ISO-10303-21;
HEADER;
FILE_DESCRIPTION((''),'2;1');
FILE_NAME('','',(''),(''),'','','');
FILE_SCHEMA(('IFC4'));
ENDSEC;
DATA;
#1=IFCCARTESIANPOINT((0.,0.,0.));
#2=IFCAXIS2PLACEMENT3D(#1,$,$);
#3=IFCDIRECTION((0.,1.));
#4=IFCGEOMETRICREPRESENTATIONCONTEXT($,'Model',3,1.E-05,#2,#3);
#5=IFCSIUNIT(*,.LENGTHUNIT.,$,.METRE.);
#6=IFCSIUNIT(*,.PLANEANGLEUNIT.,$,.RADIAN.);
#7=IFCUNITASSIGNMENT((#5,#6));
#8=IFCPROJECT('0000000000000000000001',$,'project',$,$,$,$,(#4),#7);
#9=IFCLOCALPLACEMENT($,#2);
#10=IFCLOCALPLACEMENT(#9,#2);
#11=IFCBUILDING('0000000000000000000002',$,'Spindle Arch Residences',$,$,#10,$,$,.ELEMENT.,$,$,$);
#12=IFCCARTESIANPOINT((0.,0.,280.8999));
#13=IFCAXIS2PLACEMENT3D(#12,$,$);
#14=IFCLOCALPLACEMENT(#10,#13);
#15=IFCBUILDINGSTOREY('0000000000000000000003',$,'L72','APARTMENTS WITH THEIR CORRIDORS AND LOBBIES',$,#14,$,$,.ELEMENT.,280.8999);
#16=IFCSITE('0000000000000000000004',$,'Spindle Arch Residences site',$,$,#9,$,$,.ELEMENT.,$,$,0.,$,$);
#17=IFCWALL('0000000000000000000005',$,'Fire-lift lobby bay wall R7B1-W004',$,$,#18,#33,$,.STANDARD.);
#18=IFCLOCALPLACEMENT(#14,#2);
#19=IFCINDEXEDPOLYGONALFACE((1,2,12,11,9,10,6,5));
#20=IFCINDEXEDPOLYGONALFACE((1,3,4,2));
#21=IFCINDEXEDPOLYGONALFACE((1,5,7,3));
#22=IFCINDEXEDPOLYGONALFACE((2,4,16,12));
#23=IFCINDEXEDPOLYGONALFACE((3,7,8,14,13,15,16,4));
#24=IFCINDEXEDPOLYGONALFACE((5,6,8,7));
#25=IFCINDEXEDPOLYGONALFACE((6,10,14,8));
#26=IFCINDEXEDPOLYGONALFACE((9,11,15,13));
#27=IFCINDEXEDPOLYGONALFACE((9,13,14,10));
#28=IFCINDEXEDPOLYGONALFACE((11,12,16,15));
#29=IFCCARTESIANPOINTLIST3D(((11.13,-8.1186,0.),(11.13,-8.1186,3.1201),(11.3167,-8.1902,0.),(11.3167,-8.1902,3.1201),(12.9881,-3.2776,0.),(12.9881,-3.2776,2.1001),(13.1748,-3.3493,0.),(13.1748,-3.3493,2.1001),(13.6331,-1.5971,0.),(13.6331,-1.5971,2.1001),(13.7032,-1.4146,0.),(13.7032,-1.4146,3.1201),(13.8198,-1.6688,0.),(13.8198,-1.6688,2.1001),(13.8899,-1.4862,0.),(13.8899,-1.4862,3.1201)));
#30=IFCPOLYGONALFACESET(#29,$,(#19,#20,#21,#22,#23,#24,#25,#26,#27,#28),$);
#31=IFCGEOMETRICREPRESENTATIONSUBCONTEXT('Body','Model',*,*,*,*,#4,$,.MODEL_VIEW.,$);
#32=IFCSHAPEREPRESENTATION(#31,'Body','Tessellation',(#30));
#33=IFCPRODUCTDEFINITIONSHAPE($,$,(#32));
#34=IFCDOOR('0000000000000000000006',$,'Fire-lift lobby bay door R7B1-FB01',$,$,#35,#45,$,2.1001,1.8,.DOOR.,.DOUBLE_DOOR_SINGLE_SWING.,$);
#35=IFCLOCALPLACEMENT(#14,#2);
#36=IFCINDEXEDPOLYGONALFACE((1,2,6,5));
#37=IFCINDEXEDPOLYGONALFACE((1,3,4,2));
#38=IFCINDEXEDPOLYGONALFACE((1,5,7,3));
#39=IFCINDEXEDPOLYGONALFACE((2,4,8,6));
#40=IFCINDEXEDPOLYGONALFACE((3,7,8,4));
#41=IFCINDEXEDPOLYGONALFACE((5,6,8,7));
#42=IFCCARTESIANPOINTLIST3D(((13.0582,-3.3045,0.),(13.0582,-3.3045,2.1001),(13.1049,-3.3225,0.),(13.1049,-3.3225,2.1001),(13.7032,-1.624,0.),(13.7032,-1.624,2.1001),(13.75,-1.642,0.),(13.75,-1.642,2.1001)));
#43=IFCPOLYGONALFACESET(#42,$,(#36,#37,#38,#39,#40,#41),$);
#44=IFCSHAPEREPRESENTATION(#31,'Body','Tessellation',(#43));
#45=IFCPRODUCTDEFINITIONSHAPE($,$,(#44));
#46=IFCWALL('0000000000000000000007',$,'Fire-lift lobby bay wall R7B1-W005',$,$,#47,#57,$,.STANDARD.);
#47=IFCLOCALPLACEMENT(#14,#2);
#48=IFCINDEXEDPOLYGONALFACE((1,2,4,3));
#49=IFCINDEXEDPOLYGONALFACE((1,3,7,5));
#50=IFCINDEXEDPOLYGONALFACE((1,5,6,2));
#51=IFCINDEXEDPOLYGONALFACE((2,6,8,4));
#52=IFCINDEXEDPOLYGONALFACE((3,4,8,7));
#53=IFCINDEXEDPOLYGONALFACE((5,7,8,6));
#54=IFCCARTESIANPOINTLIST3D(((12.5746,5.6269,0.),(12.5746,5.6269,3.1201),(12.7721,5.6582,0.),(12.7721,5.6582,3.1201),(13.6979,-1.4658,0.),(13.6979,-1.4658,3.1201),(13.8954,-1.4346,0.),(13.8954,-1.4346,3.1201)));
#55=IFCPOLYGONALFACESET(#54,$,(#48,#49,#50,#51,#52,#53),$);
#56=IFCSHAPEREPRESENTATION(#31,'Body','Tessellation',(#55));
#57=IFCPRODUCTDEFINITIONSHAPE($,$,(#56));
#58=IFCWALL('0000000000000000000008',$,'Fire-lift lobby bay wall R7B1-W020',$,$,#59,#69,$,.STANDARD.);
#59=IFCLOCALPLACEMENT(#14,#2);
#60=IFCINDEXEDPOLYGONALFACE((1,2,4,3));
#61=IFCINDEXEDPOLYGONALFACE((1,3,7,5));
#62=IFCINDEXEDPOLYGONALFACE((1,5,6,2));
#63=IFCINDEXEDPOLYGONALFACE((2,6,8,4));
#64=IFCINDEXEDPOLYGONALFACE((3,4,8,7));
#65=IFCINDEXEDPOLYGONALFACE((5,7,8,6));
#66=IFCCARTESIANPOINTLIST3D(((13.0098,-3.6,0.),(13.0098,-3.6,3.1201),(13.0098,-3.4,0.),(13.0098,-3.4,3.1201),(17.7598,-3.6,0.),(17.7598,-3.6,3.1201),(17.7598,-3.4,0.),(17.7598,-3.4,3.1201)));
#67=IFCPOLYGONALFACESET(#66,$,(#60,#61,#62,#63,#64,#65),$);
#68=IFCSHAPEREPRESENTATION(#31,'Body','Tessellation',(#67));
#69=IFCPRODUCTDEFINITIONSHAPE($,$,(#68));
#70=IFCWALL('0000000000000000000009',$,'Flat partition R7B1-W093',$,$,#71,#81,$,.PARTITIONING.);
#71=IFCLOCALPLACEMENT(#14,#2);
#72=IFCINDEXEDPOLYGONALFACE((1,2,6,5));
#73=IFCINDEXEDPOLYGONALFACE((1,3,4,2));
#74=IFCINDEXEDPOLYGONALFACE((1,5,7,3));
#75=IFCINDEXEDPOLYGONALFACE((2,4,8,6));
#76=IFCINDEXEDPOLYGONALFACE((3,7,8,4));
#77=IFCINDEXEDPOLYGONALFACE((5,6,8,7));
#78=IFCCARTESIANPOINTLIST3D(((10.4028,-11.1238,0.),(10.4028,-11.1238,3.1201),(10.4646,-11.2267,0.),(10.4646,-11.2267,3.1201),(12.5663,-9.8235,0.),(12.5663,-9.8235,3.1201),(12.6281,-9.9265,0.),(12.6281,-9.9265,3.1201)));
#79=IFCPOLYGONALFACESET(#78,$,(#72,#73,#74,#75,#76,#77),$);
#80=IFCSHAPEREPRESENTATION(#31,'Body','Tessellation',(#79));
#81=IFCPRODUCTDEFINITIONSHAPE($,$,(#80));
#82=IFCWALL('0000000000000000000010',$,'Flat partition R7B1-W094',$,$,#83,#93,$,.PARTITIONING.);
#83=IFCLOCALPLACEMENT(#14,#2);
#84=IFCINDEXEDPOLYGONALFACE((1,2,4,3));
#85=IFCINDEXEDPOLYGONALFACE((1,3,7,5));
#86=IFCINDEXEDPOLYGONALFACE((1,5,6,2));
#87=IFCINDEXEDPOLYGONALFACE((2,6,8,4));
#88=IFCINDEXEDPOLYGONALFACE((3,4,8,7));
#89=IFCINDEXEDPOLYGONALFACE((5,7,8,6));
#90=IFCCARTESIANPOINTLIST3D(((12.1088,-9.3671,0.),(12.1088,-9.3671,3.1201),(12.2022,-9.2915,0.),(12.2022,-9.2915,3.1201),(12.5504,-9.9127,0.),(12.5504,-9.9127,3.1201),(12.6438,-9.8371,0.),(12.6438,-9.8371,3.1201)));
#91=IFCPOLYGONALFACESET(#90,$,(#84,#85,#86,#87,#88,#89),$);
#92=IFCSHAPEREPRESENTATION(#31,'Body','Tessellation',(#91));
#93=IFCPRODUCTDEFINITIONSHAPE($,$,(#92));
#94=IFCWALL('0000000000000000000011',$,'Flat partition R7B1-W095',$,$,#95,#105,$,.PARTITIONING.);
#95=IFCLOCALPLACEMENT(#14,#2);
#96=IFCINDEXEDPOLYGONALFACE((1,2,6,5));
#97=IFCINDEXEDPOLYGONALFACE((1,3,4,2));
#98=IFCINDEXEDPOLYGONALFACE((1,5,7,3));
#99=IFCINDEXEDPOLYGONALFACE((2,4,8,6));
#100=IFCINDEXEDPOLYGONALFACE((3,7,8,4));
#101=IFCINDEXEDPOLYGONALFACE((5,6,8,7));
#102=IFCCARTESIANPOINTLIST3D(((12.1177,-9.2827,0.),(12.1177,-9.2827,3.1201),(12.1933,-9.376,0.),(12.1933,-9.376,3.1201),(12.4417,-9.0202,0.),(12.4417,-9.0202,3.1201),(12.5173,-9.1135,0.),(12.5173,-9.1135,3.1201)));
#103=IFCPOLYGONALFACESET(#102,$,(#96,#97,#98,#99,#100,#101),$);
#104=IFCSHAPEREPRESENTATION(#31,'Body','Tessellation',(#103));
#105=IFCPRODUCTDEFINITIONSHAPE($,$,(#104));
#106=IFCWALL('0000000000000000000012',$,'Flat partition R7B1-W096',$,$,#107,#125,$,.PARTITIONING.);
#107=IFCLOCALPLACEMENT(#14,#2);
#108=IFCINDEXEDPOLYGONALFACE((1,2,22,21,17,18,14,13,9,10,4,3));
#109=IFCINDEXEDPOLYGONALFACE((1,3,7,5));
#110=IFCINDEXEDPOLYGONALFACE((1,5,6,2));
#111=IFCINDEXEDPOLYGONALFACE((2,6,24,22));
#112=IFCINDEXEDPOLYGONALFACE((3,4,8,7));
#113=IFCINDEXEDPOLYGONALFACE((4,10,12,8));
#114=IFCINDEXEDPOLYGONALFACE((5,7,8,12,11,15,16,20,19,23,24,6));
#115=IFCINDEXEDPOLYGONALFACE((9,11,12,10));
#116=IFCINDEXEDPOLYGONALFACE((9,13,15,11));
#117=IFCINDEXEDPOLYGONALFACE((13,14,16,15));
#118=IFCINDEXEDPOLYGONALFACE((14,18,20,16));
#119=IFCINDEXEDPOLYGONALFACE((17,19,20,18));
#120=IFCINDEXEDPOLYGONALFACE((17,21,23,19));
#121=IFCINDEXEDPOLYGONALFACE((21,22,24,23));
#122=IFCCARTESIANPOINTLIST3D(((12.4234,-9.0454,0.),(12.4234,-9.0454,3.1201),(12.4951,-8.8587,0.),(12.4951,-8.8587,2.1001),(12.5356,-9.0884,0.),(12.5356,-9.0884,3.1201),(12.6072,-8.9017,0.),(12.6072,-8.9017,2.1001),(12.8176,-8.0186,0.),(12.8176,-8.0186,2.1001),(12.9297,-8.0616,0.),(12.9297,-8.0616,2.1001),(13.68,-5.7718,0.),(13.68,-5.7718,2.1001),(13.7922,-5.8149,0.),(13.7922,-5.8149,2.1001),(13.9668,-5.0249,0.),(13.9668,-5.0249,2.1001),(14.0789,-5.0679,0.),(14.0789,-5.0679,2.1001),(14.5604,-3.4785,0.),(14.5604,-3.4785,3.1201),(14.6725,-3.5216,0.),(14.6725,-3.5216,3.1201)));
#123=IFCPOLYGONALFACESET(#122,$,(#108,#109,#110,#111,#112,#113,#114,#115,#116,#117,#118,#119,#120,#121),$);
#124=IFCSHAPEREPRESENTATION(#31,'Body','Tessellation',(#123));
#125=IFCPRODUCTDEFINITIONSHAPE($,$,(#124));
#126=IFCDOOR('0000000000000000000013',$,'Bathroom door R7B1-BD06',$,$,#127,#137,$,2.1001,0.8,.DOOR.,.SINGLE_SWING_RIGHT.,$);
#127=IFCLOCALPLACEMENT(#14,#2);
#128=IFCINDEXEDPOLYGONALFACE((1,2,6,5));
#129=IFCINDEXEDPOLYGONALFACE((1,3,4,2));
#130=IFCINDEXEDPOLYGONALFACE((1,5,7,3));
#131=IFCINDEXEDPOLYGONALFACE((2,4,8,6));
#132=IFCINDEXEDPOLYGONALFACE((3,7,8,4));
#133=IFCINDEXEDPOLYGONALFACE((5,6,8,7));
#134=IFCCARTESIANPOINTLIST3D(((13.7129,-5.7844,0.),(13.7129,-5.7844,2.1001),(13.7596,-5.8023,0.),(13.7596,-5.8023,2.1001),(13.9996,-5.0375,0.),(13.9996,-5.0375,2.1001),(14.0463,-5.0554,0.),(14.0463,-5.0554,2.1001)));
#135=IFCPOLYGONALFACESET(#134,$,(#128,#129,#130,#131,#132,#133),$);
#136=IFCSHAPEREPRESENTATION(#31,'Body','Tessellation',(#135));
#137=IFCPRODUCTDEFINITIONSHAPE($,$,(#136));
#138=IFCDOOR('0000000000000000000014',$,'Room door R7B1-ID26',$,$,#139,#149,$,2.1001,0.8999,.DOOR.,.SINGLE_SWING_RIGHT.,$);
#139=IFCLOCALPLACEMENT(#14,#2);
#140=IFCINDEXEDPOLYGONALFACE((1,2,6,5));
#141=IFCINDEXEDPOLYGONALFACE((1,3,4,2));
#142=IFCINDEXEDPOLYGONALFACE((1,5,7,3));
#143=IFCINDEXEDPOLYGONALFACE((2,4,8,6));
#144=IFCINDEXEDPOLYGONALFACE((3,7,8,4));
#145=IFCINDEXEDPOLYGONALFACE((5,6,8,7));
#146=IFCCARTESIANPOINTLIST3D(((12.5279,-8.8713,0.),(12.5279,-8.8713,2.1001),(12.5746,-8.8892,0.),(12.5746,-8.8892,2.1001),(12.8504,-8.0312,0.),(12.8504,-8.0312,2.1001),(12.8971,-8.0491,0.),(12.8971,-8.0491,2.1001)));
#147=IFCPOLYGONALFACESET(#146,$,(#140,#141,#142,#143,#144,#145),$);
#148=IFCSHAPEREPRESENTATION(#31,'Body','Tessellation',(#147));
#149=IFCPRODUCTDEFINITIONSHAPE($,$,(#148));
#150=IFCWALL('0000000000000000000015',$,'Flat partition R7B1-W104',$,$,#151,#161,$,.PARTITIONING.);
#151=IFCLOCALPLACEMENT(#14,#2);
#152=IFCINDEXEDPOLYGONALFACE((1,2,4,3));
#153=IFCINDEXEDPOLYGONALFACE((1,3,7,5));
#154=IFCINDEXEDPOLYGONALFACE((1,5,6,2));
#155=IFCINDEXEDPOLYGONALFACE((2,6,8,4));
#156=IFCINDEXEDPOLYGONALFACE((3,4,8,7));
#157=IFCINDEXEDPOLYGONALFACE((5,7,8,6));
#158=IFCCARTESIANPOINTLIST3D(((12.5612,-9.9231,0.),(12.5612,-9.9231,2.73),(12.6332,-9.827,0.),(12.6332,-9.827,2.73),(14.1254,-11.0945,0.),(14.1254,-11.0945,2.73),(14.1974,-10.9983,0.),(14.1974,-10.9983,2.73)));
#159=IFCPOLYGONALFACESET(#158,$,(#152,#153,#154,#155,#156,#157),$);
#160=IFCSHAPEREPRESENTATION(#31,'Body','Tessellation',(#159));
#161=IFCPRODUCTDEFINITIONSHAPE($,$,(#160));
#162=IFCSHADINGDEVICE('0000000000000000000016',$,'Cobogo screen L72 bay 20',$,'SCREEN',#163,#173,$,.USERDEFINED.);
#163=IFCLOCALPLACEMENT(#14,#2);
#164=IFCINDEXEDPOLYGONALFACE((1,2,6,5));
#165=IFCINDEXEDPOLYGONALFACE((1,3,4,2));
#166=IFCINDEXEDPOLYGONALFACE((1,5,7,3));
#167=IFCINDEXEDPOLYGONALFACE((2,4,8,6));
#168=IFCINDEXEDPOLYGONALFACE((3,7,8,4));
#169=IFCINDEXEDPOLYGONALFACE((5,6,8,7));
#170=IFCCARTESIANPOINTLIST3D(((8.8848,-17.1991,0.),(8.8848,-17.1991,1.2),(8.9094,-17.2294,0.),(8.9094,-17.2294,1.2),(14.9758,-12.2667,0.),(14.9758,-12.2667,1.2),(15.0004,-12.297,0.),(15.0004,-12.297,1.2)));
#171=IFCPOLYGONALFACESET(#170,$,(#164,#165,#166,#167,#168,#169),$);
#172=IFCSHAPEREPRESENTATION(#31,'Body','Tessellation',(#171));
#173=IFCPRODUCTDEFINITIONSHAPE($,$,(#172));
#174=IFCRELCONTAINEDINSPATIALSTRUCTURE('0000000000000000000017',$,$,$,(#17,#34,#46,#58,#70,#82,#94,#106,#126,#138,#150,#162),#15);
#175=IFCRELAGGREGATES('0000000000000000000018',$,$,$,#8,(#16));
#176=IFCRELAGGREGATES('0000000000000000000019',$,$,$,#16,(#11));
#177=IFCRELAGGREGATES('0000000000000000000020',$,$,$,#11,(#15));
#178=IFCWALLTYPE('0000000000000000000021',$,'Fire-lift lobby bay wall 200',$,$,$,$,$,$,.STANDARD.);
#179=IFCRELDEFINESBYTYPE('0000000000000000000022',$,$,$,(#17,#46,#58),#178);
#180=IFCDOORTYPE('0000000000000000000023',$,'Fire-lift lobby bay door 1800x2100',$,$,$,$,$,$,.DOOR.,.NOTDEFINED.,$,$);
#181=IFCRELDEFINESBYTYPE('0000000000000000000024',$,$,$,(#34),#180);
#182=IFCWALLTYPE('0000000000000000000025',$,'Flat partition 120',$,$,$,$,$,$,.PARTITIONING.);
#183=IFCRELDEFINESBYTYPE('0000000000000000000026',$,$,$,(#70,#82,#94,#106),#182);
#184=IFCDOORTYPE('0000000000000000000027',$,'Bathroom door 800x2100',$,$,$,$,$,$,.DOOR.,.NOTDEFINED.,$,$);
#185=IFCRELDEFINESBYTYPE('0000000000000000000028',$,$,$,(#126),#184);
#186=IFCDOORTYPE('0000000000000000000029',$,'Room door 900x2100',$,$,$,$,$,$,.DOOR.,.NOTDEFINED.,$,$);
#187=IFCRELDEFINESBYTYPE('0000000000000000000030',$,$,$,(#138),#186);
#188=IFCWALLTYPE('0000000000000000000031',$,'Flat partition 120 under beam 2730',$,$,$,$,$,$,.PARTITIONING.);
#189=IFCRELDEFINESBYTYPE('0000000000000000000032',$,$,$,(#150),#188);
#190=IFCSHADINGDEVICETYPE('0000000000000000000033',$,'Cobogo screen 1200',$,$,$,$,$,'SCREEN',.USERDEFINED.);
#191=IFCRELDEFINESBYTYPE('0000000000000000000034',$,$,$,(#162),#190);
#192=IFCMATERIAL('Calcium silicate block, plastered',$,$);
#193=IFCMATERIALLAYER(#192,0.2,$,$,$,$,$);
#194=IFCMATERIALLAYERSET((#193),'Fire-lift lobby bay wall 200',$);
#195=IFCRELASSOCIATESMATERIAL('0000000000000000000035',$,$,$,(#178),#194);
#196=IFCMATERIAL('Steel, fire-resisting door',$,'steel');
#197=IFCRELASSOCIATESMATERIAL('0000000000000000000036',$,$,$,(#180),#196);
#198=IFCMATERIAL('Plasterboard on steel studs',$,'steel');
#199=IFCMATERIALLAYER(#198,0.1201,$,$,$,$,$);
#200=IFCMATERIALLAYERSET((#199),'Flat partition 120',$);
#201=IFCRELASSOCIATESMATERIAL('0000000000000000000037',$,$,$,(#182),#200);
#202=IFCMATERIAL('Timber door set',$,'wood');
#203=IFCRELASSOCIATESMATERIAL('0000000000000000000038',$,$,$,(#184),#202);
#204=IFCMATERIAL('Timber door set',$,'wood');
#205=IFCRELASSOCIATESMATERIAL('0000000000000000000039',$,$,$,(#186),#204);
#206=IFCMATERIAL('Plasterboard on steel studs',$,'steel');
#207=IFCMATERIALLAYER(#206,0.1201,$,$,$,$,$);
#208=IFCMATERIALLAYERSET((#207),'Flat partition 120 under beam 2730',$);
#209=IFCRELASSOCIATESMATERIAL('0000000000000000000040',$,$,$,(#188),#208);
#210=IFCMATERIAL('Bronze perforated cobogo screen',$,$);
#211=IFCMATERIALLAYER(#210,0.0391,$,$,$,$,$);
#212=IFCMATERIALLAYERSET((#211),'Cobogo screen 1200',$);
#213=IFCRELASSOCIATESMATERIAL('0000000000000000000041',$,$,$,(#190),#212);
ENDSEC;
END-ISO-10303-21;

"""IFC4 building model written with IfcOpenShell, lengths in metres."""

from ifc_helpers import new_model, si_unit, direction, frame, frame_2d, origin, origin_2d, place, context, subcontext, project, spatial, rectangle, extrude, material, layer, layer_set, type_object, element, fill, save


model = new_model("IFC4")

# Units and contexts
model_context = context("Model", 3, precision=1e-05, world=origin(), true_north=direction((0.0, 1.0)))
body_context = subcontext(model_context, "Body", "Model", "MODEL_VIEW")
ifc_project = project(units=[si_unit("LENGTHUNIT", "METRE"), si_unit("PLANEANGLEUNIT", "RADIAN")], contexts=[model_context])

# Site, building, storey
site_placement = place(None, origin())
site = spatial("IfcSite", under=ifc_project, at=site_placement, Name="Spindle Arch Residences site", CompositionType="ELEMENT", RefElevation=0.0)
building_placement = place(site_placement, origin())
building = spatial("IfcBuilding", under=site, at=building_placement, Name="Spindle Arch Residences", CompositionType="ELEMENT")
storey_placement = place(building_placement, frame((0.0, 0.0, 280.8999)))
storey = spatial("IfcBuildingStorey", under=building, at=storey_placement, Name="L72", Description="APARTMENTS WITH THEIR CORRIDORS AND LOBBIES", CompositionType="ELEMENT", Elevation=280.8999)

# Wall, opening, door
ifc_material_1 = material(Name="Calcium silicate block, plastered")
ifc_layer_1 = layer(ifc_material_1, 0.2)
ifc_layer_set_1 = layer_set([ifc_layer_1], Name="Fire-lift lobby bay wall 200")
wall_type_1 = type_object("IfcWallType", Name="Fire-lift lobby bay wall 200", PredefinedType="STANDARD", material=ifc_layer_set_1)
wall_1_placement = place(storey_placement, frame((11.2234, -8.1543, 0.0), z_axis=(0.0, 0.0, 1.0), x_axis=(0.358341, 0.933591, 0.0)))
wall_1 = element("IfcWall", 1, at=wall_1_placement, inside=storey, type_object=wall_type_1, Name="Fire-lift lobby bay wall R7B1-W004", PredefinedType="STANDARD", context=body_context, shape_type="SweptSolid", body=[
    extrude(rectangle(XDim=7.1809, YDim=0.2, at=frame_2d((3.5903, 0.0))), origin(), (0.0, 0.0, 1.0), 3.1201),
])
opening_1_placement = place(wall_1_placement, frame((5.1853, 0.0, 0.0)))
opening_1 = element("IfcOpeningElement", 2, at=opening_1_placement, cuts=wall_1, PredefinedType="OPENING", context=body_context, shape_type="SweptSolid", body=[
    extrude(rectangle(XDim=1.8, YDim=2.1001, at=frame_2d((0.8999, 1.05))), frame((0.0, 0.1099, 0.0), z_axis=(0.0, -1.0, 0.0), x_axis=(1.0, 0.0, 0.0)), (0.0, 0.0, 1.0), 0.22),
])
ifc_material_2 = material(Name="Steel, fire-resisting door", Category="steel")
door_type_1 = type_object("IfcDoorType", Name="Fire-lift lobby bay door 1800x2100", OperationType="NOTDEFINED", PredefinedType="DOOR", material=ifc_material_2)
door_1_placement = place(opening_1_placement, origin())
door_1 = element("IfcDoor", 3, at=door_1_placement, inside=storey, type_object=door_type_1, Name="Fire-lift lobby bay door R7B1-FB01", OperationType="DOUBLE_DOOR_SINGLE_SWING", OverallHeight=2.1001, OverallWidth=1.8, PredefinedType="DOOR", context=body_context, shape_type="SweptSolid", body=[
    extrude(rectangle(XDim=1.8, YDim=2.1001, at=frame_2d((0.8999, 1.05))), frame((0.0, 0.0249, 0.0), z_axis=(0.0, -1.0, 0.0), x_axis=(1.0, 0.0, 0.0)), (0.0, 0.0, 1.0), 0.05),
])
fill(opening_1, door_1)

# Walls
wall_2_placement = place(storey_placement, frame((13.7966, -1.4502, 0.0), z_axis=(0.0, 0.0, 1.0), x_axis=(-0.156422, 0.98769, 0.0)))
element("IfcWall", 4, at=wall_2_placement, inside=storey, type_object=wall_type_1, Name="Fire-lift lobby bay wall R7B1-W005", PredefinedType="STANDARD", context=body_context, shape_type="SweptSolid", body=[
    extrude(rectangle(XDim=7.1812, YDim=0.2, at=frame_2d((3.5906, 0.0))), origin(), (0.0, 0.0, 1.0), 3.1201),
])
wall_3_placement = place(storey_placement, frame((13.0098, -3.5, 0.0), z_axis=(0.0, 0.0, 1.0), x_axis=(1.0, 0.0, 0.0)))
element("IfcWall", 5, at=wall_3_placement, inside=storey, type_object=wall_type_1, Name="Fire-lift lobby bay wall R7B1-W020", PredefinedType="STANDARD", context=body_context, shape_type="SweptSolid", body=[
    extrude(rectangle(XDim=4.75, YDim=0.2, at=frame_2d((2.375, 0.0))), origin(), (0.0, 0.0, 1.0), 3.1201),
])
ifc_material_3 = material(Name="Plasterboard on steel studs", Category="steel")
ifc_layer_2 = layer(ifc_material_3, 0.1201)
ifc_layer_set_2 = layer_set([ifc_layer_2], Name="Flat partition 120")
wall_type_2 = type_object("IfcWallType", Name="Flat partition 120", PredefinedType="PARTITIONING", material=ifc_layer_set_2)
wall_4_placement = place(storey_placement, frame((10.4336, -11.1753, 0.0), z_axis=(0.0, 0.0, 1.0), x_axis=(0.857117, 0.515121, 0.0)))
element("IfcWall", 6, at=wall_4_placement, inside=storey, type_object=wall_type_2, Name="Flat partition R7B1-W093", PredefinedType="PARTITIONING", context=body_context, shape_type="SweptSolid", body=[
    extrude(rectangle(XDim=2.5242, YDim=0.1201, at=frame_2d((1.2622, 0.0))), origin(), (0.0, 0.0, 1.0), 3.1201),
])
wall_5_placement = place(storey_placement, frame((12.5972, -9.875, 0.0), z_axis=(0.0, 0.0, 1.0), x_axis=(-0.629138, 0.777293, 0.0)))
element("IfcWall", 7, at=wall_5_placement, inside=storey, type_object=wall_type_2, Name="Flat partition R7B1-W094", PredefinedType="PARTITIONING", context=body_context, shape_type="SweptSolid", body=[
    extrude(rectangle(XDim=0.7019, YDim=0.1201, at=frame_2d((0.3511, 0.0))), origin(), (0.0, 0.0, 1.0), 3.1201),
])
wall_6_placement = place(storey_placement, frame((12.1555, -9.3293, 0.0), z_axis=(0.0, 0.0, 1.0), x_axis=(0.777027, 0.629468, 0.0)))
element("IfcWall", 8, at=wall_6_placement, inside=storey, type_object=wall_type_2, Name="Flat partition R7B1-W095", PredefinedType="PARTITIONING", context=body_context, shape_type="SweptSolid", body=[
    extrude(rectangle(XDim=0.417, YDim=0.1201, at=frame_2d((0.2085, 0.0))), origin(), (0.0, 0.0, 1.0), 3.1201),
])

# Wall, openings, doors
wall_7_placement = place(storey_placement, frame((12.4795, -9.0669, 0.0), z_axis=(0.0, 0.0, 1.0), x_axis=(0.358373, 0.933579, 0.0)))
wall_7 = element("IfcWall", 9, at=wall_7_placement, inside=storey, type_object=wall_type_2, Name="Flat partition R7B1-W096", PredefinedType="PARTITIONING", context=body_context, shape_type="SweptSolid", body=[
    extrude(rectangle(XDim=5.9629, YDim=0.1201, at=frame_2d((2.9814, 0.0))), origin(), (0.0, 0.0, 1.0), 3.1201),
])
opening_2_placement = place(wall_7_placement, frame((0.2, 0.0, 0.0)))
opening_2 = element("IfcOpeningElement", 10, at=opening_2_placement, cuts=wall_7, PredefinedType="OPENING", context=body_context, shape_type="SweptSolid", body=[
    extrude(rectangle(XDim=0.8999, YDim=2.1001, at=frame_2d((0.45, 1.05))), frame((0.0, 0.0701, 0.0), z_axis=(0.0, -1.0, 0.0), x_axis=(1.0, 0.0, 0.0)), (0.0, 0.0, 1.0), 0.1401),
])
opening_3_placement = place(wall_7_placement, frame((3.5066, 0.0, 0.0)))
opening_3 = element("IfcOpeningElement", 11, at=opening_3_placement, cuts=wall_7, PredefinedType="OPENING", context=body_context, shape_type="SweptSolid", body=[
    extrude(rectangle(XDim=0.8, YDim=2.1001, at=frame_2d((0.3999, 1.05))), frame((0.0, 0.0701, 0.0), z_axis=(0.0, -1.0, 0.0), x_axis=(1.0, 0.0, 0.0)), (0.0, 0.0, 1.0), 0.1401),
])
ifc_material_4 = material(Name="Timber door set", Category="wood")
door_type_2 = type_object("IfcDoorType", Name="Bathroom door 800x2100", OperationType="NOTDEFINED", PredefinedType="DOOR", material=ifc_material_4)
door_2_placement = place(opening_3_placement, origin())
door_2 = element("IfcDoor", 12, at=door_2_placement, inside=storey, type_object=door_type_2, Name="Bathroom door R7B1-BD06", OperationType="SINGLE_SWING_RIGHT", OverallHeight=2.1001, OverallWidth=0.8, PredefinedType="DOOR", context=body_context, shape_type="SweptSolid", body=[
    extrude(rectangle(XDim=0.8, YDim=2.1001, at=frame_2d((0.3999, 1.05))), frame((0.0, 0.0249, 0.0), z_axis=(0.0, -1.0, 0.0), x_axis=(1.0, 0.0, 0.0)), (0.0, 0.0, 1.0), 0.05),
])
fill(opening_3, door_2)
ifc_material_5 = material(Name="Timber door set", Category="wood")
door_type_3 = type_object("IfcDoorType", Name="Room door 900x2100", OperationType="NOTDEFINED", PredefinedType="DOOR", material=ifc_material_5)
door_3_placement = place(opening_2_placement, origin())
door_3 = element("IfcDoor", 13, at=door_3_placement, inside=storey, type_object=door_type_3, Name="Room door R7B1-ID26", OperationType="SINGLE_SWING_RIGHT", OverallHeight=2.1001, OverallWidth=0.8999, PredefinedType="DOOR", context=body_context, shape_type="SweptSolid", body=[
    extrude(rectangle(XDim=0.8999, YDim=2.1001, at=frame_2d((0.45, 1.05))), frame((0.0, 0.0249, 0.0), z_axis=(0.0, -1.0, 0.0), x_axis=(1.0, 0.0, 0.0)), (0.0, 0.0, 1.0), 0.05),
])
fill(opening_2, door_3)

# Wall
ifc_material_6 = material(Name="Plasterboard on steel studs", Category="steel")
ifc_layer_3 = layer(ifc_material_6, 0.1201)
ifc_layer_set_3 = layer_set([ifc_layer_3], Name="Flat partition 120 under beam 2730")
wall_type_3 = type_object("IfcWallType", Name="Flat partition 120 under beam 2730", PredefinedType="PARTITIONING", material=ifc_layer_set_3)
wall_8_placement = place(storey_placement, frame((14.1614, -11.0464, 0.0), z_axis=(0.0, 0.0, 1.0), x_axis=(-0.800435, 0.59942, 0.0)))
element("IfcWall", 14, at=wall_8_placement, inside=storey, type_object=wall_type_3, Name="Flat partition R7B1-W104", PredefinedType="PARTITIONING", context=body_context, shape_type="SweptSolid", body=[
    extrude(rectangle(XDim=1.9541, YDim=0.1201, at=frame_2d((0.9771, 0.0))), origin(), (0.0, 0.0, 1.0), 2.73),
])

# Shading device
ifc_material_7 = material(Name="Bronze perforated cobogo screen")
ifc_layer_4 = layer(ifc_material_7, 0.0391)
ifc_layer_set_4 = layer_set([ifc_layer_4], Name="Cobogo screen 1200")
shading_device_type = type_object("IfcShadingDeviceType", Name="Cobogo screen 1200", ElementType="SCREEN", PredefinedType="USERDEFINED", material=ifc_layer_set_4)
shading_device_placement = place(storey_placement, frame((11.9426, -14.748, 0.0), z_axis=(0.0, 0.0, 1.0), x_axis=(0.777146, 0.62932, 0.0)))
element("IfcShadingDevice", 15, at=shading_device_placement, inside=storey, type_object=shading_device_type, Name="Cobogo screen L72 bay 20", ObjectType="SCREEN", PredefinedType="USERDEFINED", context=body_context, shape_type="SweptSolid", body=[
    extrude(rectangle(XDim=7.8376, YDim=0.0391, at=origin_2d()), origin(), (0.0, 0.0, 1.0), 1.2),
])

save(model, "model.ifc")
